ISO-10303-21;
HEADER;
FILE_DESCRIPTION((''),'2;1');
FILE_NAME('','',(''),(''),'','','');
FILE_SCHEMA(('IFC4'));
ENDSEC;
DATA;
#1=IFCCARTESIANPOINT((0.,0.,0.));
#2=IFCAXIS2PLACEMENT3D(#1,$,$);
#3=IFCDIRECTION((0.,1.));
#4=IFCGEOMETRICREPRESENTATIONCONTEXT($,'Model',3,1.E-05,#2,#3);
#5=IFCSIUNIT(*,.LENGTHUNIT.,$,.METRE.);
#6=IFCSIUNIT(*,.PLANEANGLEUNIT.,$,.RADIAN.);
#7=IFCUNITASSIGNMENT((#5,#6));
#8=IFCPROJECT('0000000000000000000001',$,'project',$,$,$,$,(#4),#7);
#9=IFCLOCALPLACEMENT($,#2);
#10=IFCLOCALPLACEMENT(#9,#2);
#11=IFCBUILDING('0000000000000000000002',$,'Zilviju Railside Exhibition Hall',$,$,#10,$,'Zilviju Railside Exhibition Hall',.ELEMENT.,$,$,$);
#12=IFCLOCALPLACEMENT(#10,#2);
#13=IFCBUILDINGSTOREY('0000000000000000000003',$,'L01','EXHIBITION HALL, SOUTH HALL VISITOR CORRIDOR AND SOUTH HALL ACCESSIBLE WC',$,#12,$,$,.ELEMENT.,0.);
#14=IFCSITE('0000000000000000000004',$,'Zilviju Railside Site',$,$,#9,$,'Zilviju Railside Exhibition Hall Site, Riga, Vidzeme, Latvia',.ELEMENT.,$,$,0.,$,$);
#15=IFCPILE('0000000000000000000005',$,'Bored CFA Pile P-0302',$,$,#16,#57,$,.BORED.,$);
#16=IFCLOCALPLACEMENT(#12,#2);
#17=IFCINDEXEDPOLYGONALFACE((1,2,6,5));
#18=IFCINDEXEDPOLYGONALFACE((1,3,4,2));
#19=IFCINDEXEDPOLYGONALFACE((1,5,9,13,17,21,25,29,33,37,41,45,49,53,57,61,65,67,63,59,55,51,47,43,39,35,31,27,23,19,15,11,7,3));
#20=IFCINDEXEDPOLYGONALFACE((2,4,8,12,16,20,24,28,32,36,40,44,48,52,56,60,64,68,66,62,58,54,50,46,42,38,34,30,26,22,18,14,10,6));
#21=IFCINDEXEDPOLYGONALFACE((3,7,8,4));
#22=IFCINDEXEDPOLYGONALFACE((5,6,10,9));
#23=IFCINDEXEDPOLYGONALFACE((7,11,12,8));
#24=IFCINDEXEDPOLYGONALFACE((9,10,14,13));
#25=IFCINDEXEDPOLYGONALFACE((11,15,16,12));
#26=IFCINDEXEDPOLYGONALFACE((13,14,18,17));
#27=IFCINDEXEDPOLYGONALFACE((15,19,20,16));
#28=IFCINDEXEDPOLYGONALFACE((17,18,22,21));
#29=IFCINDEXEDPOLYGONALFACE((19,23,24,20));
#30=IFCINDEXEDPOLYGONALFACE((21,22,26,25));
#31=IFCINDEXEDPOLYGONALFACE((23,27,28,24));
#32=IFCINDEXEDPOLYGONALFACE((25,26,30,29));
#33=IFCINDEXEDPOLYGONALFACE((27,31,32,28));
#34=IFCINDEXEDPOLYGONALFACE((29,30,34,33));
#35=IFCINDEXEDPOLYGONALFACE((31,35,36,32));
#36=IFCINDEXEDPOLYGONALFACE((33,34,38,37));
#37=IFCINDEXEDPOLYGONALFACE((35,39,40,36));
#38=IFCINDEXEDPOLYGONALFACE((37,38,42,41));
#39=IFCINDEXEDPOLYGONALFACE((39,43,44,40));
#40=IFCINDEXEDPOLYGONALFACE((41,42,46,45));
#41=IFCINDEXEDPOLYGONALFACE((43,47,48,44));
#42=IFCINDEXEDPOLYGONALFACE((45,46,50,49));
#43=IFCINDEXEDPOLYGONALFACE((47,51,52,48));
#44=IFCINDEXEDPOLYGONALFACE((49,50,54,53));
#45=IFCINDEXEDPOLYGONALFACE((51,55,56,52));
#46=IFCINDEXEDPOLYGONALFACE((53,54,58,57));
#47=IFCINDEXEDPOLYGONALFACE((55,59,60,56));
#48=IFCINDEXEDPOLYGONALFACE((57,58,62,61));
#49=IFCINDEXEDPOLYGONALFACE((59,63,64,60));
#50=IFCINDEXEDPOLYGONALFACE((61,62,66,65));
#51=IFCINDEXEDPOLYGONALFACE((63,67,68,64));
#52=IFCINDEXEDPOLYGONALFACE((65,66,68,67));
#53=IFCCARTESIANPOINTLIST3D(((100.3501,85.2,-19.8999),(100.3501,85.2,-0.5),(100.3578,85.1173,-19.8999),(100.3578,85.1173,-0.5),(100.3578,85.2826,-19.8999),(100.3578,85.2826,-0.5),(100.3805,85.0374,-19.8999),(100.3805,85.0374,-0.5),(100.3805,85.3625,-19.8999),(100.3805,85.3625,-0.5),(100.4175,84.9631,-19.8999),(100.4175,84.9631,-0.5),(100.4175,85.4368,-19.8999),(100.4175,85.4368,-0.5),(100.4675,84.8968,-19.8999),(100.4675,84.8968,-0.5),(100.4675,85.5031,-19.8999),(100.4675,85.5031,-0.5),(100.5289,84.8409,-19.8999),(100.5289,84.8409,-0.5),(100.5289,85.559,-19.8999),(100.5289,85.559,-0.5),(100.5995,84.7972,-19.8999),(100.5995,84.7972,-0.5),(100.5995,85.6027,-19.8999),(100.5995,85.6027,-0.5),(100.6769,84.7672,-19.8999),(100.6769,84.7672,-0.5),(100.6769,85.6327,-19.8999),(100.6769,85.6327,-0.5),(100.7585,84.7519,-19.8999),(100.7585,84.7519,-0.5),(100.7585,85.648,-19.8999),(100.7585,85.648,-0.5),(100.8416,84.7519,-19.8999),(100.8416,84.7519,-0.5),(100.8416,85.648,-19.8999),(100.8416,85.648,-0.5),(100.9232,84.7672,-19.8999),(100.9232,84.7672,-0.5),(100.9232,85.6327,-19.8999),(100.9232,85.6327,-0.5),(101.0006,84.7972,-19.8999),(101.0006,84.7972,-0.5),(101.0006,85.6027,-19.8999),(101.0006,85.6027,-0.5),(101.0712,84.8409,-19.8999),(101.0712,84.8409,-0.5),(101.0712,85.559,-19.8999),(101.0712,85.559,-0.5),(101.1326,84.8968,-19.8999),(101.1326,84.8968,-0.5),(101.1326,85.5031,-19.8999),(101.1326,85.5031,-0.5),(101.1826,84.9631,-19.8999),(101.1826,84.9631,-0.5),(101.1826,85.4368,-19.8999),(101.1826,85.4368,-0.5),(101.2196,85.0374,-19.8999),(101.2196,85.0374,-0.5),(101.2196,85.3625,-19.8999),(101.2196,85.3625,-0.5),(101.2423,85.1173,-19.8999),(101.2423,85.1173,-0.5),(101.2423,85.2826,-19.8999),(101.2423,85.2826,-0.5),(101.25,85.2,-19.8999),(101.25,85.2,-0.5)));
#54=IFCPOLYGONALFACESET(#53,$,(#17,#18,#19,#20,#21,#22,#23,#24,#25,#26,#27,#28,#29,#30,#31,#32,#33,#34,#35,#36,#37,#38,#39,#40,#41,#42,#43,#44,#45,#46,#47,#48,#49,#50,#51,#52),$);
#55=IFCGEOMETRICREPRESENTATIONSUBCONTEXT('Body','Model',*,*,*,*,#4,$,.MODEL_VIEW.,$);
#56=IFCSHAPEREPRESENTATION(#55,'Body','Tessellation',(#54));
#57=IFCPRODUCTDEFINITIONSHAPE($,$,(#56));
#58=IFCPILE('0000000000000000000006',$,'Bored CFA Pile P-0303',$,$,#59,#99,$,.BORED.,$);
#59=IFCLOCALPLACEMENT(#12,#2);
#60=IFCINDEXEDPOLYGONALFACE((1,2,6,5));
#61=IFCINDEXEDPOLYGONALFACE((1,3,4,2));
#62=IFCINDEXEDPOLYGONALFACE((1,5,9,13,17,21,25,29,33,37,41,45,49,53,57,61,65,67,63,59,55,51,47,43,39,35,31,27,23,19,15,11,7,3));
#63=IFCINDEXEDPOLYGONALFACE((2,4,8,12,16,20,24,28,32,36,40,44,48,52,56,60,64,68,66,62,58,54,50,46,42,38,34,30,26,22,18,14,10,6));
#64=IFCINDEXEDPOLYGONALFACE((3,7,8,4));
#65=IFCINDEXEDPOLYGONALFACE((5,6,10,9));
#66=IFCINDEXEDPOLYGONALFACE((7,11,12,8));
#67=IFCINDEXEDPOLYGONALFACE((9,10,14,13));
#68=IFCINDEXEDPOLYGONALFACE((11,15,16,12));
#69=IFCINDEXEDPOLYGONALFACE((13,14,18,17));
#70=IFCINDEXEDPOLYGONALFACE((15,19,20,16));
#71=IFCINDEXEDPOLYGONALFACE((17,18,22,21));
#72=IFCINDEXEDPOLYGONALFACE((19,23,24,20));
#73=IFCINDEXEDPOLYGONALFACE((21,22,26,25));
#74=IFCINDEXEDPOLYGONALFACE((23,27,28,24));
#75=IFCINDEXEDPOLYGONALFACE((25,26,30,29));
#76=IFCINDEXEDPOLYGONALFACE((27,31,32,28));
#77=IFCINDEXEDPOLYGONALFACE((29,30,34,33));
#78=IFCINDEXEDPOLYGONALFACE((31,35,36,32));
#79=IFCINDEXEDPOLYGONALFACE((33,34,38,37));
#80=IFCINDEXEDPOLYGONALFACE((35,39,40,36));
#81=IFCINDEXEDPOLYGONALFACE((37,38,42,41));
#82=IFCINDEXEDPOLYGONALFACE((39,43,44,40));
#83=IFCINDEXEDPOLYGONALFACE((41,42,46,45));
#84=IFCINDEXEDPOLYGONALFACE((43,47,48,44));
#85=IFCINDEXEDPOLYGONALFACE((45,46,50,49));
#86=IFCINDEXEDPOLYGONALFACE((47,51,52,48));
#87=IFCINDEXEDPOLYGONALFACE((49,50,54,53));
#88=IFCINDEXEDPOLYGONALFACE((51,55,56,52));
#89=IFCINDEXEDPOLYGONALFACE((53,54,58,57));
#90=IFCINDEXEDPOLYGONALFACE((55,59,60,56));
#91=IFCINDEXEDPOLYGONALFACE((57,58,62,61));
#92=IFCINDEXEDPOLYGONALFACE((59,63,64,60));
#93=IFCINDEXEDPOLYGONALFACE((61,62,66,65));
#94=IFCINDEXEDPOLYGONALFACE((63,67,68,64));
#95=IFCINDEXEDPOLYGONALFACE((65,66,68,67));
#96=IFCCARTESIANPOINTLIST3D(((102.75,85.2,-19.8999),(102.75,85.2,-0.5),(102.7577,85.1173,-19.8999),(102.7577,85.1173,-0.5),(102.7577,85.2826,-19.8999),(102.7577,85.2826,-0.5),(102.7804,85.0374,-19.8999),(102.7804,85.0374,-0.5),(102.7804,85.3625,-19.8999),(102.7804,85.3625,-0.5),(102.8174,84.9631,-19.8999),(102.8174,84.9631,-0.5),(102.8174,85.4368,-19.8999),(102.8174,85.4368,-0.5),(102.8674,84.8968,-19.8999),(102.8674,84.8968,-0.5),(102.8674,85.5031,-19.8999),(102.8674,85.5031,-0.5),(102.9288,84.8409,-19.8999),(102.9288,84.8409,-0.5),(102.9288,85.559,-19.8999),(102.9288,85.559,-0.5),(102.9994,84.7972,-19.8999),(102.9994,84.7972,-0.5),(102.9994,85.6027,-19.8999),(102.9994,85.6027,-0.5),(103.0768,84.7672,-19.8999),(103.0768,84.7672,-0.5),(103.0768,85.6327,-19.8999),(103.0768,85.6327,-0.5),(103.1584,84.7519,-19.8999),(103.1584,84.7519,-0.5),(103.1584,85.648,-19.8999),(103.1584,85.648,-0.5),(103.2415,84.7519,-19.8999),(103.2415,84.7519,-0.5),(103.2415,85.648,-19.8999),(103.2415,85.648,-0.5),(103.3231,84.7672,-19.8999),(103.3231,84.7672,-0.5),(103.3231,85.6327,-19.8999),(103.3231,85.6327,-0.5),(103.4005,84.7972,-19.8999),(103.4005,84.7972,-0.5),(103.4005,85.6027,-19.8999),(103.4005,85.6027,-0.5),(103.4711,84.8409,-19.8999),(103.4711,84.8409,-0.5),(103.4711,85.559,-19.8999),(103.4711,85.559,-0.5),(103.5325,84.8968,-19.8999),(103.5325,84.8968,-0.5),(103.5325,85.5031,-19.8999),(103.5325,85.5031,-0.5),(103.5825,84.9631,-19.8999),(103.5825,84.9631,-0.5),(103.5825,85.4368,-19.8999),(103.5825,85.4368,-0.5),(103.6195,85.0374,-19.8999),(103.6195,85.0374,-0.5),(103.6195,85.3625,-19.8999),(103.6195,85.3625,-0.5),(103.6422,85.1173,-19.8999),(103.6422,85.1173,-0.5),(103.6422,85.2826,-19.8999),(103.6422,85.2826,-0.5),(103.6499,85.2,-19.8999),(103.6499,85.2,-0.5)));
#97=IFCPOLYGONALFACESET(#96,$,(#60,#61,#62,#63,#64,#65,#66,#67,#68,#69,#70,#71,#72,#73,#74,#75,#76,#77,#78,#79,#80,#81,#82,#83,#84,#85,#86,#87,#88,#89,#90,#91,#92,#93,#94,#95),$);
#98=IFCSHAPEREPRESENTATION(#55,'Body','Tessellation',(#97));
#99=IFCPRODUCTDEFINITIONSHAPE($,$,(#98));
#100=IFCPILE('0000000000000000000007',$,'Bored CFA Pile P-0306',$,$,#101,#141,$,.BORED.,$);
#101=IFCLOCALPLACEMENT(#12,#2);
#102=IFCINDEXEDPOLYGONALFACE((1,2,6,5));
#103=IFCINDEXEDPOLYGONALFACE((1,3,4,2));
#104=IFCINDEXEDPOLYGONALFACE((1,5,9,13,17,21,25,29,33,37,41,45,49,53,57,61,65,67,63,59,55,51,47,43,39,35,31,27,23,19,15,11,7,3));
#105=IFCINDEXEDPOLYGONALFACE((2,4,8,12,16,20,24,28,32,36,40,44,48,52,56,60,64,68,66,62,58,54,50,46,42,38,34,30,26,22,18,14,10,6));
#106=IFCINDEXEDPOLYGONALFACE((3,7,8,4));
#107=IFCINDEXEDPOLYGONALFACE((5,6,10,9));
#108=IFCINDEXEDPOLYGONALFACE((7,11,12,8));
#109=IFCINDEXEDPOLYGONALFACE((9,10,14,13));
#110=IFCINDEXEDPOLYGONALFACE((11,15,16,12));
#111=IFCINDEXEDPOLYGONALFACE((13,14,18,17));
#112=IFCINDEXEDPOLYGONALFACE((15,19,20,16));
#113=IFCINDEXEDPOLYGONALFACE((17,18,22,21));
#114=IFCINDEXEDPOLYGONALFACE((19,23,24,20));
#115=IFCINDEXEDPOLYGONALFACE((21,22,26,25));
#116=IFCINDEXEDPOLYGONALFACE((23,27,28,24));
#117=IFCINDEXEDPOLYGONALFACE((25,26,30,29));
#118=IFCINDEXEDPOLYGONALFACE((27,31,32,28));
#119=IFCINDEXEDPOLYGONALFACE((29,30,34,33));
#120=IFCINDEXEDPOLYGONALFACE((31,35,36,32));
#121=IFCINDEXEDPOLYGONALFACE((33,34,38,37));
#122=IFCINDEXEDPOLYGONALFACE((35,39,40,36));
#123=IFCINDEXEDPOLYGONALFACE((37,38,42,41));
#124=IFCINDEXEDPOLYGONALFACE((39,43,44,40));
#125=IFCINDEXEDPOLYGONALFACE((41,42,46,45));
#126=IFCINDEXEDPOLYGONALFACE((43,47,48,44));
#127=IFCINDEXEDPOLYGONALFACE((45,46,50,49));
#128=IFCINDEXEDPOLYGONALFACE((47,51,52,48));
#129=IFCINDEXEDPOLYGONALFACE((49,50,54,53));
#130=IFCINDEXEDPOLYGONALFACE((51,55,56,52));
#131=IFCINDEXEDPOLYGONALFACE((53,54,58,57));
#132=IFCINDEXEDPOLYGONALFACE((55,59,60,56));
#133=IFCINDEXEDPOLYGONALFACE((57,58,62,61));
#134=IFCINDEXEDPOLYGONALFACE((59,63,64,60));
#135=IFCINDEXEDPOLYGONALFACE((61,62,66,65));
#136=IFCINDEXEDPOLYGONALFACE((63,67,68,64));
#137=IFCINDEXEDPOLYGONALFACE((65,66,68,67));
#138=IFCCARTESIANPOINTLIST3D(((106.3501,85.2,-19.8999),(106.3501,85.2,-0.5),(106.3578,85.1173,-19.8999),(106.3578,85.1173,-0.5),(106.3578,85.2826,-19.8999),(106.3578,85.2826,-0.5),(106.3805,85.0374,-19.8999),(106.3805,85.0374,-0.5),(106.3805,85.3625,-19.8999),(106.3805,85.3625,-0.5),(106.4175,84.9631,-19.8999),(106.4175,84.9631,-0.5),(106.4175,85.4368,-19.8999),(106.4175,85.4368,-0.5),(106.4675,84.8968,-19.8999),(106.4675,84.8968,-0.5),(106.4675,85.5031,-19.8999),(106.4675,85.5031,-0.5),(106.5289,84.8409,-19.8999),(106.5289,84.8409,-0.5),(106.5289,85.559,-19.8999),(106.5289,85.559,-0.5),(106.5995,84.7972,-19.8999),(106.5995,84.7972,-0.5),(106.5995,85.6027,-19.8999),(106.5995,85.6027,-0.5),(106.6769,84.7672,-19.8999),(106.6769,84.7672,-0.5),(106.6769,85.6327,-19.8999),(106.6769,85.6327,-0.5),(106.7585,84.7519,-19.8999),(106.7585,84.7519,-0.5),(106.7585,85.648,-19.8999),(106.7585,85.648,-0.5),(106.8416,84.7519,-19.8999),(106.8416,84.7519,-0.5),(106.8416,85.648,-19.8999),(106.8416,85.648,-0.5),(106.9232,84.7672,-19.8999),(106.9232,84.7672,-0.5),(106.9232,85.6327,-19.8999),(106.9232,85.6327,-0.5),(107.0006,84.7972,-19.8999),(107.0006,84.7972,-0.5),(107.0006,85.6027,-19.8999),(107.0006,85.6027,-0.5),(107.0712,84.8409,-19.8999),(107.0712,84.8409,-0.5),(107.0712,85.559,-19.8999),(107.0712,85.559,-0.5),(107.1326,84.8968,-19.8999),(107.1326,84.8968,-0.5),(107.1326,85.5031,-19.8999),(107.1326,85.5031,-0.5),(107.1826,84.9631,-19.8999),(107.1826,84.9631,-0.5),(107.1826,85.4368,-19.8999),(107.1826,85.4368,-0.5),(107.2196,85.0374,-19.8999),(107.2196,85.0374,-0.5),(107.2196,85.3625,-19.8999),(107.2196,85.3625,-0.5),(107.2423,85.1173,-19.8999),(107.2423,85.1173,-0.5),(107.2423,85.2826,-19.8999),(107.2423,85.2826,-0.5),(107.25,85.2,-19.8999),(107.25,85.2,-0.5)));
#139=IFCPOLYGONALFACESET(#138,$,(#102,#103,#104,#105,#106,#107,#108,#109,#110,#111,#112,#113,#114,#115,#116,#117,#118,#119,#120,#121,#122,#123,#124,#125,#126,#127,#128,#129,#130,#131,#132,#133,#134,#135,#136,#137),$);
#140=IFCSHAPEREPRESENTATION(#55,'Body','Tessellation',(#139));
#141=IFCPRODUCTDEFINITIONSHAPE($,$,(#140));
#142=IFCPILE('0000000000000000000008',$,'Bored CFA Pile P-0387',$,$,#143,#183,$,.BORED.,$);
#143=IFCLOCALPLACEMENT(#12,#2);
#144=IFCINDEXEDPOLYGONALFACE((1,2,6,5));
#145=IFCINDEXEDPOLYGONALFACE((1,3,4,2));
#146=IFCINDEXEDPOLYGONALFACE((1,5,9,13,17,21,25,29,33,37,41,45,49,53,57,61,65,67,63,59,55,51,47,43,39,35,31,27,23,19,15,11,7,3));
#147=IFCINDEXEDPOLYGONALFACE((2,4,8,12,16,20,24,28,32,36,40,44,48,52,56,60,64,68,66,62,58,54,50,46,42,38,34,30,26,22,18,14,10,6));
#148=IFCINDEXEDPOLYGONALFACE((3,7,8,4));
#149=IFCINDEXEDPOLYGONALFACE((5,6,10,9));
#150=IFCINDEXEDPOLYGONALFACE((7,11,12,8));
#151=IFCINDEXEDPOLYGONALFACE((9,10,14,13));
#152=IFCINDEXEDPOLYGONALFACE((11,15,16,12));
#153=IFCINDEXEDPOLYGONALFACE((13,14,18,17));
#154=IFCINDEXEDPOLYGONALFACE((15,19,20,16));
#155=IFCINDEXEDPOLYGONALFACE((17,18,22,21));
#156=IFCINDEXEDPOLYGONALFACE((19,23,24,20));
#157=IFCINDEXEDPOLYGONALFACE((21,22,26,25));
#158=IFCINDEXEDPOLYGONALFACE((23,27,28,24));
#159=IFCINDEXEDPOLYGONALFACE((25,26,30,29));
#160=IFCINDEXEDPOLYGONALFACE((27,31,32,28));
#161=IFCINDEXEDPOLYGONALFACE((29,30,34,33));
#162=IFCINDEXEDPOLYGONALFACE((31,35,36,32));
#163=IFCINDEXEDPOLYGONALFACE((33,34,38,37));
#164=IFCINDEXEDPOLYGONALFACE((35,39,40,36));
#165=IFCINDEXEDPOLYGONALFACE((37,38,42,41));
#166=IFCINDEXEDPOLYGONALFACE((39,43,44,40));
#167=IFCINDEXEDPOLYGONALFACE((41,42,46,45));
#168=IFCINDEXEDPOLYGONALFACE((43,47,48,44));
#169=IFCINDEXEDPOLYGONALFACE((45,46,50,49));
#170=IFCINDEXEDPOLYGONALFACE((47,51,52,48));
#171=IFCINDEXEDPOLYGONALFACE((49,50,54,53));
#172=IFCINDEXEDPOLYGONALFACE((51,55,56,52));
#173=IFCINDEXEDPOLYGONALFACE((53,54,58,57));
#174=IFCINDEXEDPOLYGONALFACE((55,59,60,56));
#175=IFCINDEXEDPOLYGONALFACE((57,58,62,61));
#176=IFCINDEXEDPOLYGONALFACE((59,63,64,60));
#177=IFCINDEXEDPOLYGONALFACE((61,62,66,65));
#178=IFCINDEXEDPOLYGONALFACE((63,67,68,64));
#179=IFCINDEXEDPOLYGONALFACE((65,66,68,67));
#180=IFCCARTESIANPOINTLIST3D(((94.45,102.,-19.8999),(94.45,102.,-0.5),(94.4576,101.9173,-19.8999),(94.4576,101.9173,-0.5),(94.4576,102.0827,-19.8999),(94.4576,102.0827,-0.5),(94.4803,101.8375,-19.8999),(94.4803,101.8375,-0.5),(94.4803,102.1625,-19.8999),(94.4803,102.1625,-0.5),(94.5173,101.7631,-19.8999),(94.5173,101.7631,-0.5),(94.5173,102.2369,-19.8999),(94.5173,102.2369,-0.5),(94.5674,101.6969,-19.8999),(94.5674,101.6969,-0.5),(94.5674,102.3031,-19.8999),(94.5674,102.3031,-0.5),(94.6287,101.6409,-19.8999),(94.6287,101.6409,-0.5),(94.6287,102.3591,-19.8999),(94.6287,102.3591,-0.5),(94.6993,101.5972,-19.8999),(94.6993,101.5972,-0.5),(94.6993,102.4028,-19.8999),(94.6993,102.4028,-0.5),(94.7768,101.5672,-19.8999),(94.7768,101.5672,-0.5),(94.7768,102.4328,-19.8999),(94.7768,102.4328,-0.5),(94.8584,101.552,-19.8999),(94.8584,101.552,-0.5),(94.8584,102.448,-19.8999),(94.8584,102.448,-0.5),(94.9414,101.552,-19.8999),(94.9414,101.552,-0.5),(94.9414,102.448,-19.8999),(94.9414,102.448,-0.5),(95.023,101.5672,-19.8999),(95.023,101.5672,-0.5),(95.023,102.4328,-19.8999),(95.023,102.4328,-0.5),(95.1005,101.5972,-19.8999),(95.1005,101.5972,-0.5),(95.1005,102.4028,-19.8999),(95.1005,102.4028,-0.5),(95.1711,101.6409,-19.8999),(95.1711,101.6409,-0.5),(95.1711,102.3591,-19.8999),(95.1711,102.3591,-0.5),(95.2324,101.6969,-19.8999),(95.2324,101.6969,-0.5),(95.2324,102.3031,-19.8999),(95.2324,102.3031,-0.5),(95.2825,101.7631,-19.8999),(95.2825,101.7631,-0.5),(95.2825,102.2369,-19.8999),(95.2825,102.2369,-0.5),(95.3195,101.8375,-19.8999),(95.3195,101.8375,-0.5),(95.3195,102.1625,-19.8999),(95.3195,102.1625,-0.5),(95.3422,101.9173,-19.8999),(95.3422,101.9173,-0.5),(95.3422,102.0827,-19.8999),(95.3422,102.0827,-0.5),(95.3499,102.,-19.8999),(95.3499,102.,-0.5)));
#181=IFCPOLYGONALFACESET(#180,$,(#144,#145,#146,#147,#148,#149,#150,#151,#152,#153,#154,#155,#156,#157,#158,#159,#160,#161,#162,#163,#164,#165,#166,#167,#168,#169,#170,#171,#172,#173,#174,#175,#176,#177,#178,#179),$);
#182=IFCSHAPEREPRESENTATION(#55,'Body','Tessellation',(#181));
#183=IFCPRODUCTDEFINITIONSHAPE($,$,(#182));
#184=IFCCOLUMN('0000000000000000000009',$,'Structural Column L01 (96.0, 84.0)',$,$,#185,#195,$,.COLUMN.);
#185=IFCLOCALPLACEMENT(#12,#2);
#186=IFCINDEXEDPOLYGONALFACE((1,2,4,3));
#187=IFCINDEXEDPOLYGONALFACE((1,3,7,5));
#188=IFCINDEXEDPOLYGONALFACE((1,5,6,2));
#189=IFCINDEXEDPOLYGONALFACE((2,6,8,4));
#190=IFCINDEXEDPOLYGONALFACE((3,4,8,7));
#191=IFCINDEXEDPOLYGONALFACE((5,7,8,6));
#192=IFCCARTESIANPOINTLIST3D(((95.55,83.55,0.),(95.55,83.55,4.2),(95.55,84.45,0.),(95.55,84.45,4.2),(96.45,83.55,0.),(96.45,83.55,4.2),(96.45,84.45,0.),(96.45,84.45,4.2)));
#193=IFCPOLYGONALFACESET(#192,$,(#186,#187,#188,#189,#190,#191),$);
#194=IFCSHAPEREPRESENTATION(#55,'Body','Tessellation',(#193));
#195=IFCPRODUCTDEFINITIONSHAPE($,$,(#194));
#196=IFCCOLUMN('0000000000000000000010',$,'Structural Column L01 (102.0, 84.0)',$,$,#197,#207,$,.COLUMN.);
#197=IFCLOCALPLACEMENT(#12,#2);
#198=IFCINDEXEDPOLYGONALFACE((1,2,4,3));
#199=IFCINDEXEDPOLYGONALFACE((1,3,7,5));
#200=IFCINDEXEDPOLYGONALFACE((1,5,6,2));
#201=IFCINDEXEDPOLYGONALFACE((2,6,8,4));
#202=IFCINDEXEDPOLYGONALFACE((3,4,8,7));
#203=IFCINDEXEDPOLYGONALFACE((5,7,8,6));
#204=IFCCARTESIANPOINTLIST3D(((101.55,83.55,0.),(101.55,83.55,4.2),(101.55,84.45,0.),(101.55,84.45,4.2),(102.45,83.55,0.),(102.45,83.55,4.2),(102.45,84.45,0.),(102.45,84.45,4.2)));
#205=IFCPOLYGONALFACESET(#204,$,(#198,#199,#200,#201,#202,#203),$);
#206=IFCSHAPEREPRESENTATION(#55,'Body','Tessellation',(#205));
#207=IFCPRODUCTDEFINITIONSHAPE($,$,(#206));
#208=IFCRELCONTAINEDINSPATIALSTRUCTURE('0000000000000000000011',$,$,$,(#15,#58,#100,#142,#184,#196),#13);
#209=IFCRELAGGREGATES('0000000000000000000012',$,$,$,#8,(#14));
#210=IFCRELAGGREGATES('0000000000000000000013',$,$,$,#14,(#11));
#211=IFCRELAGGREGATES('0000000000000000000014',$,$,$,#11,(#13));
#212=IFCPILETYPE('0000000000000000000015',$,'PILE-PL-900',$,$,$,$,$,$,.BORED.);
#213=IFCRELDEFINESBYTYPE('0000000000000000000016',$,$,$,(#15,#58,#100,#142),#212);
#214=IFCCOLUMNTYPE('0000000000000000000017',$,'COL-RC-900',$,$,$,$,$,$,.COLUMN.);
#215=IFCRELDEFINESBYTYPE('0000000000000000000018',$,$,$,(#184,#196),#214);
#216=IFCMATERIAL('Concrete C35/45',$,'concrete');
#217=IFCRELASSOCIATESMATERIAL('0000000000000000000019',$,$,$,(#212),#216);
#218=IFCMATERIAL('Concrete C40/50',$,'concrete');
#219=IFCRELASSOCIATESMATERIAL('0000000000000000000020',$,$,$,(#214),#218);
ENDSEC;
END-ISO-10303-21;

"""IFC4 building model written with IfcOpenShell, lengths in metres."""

from ifc_helpers import new_model, si_unit, direction, frame, origin, origin_2d, place, context, subcontext, project, spatial, rectangle, circle, extrude, material, material_profile, profile_set, type_object, element, save


model = new_model("IFC4")

# Units and contexts
model_context = context("Model", 3, precision=1e-05, world=origin(), true_north=direction((0.0, 1.0)))
body_context = subcontext(model_context, "Body", "Model", "MODEL_VIEW")
ifc_project = project(units=[si_unit("LENGTHUNIT", "METRE"), si_unit("PLANEANGLEUNIT", "RADIAN")], contexts=[model_context])

# Site, building, storey
site_placement = place(None, origin())
site = spatial("IfcSite", under=ifc_project, at=site_placement, Name="Zilviju Railside Site", LongName="Zilviju Railside Exhibition Hall Site, Riga, Vidzeme, Latvia", CompositionType="ELEMENT", RefElevation=0.0)
building_placement = place(site_placement, origin())
building = spatial("IfcBuilding", under=site, at=building_placement, Name="Zilviju Railside Exhibition Hall", LongName="Zilviju Railside Exhibition Hall", CompositionType="ELEMENT")
storey_placement = place(building_placement, origin())
storey = spatial("IfcBuildingStorey", under=building, at=storey_placement, Name="L01", Description="EXHIBITION HALL, SOUTH HALL VISITOR CORRIDOR AND SOUTH HALL ACCESSIBLE WC", CompositionType="ELEMENT", Elevation=0.0)

# Shared definitions
ifc_material_1 = material(Name="Concrete C35/45", Category="concrete")

# Piles
ifc_material_profile_1 = material_profile(ifc_material_1, circle(Radius=0.45, at=origin_2d()), Name="CFA PILE D900")
ifc_profile_set_1 = profile_set([ifc_material_profile_1], Name="Concrete C35/45")
pile_type = type_object("IfcPileType", Name="PILE-PL-900", PredefinedType="BORED", material=ifc_profile_set_1)
for number, where, z_axis, x_axis, name in (
    (1, (100.8, 85.2, -0.5), (0.0, 0.0, -1.0), (1.0, 0.0, 0.0), "Bored CFA Pile P-0302"),
    (2, (103.2, 85.2, -0.5), (0.0, 0.0, -1.0), (1.0, 0.0, 0.0), "Bored CFA Pile P-0303"),
    (3, (106.8, 85.2, -0.5), (0.0, 0.0, -1.0), (1.0, 0.0, 0.0), "Bored CFA Pile P-0306"),
    (4, (94.8999, 102.0, -0.5), (0.0, 0.0, -1.0), (1.0, 0.0, 0.0), "Bored CFA Pile P-0387"),
):
    element("IfcPile", number, at=place(storey_placement, frame(where, z_axis=z_axis, x_axis=x_axis)), inside=storey, type_object=pile_type, Name=name, PredefinedType="BORED", context=body_context, shape_type="SweptSolid", body=[
        extrude(circle(Radius=0.45, at=origin_2d()), origin(), (0.0, 0.0, 1.0), 19.3999),
    ])

# Columns
ifc_material_2 = material(Name="Concrete C40/50", Category="concrete")
ifc_material_profile_2 = material_profile(ifc_material_2, rectangle(XDim=0.8999, YDim=0.8999, at=origin_2d()), Name="RC COL 900x900")
ifc_profile_set_2 = profile_set([ifc_material_profile_2], Name="Concrete C40/50")
column_type = type_object("IfcColumnType", Name="COL-RC-900", PredefinedType="COLUMN", material=ifc_profile_set_2)
for number, where, z_axis, x_axis, name in (
    (5, (96.0, 84.0, 0.0), (0.0, 0.0, 1.0), (1.0, 0.0, 0.0), "Structural Column L01 (96.0, 84.0)"),
    (6, (102.0, 84.0, 0.0), (0.0, 0.0, 1.0), (1.0, 0.0, 0.0), "Structural Column L01 (102.0, 84.0)"),
):
    element("IfcColumn", number, at=place(storey_placement, frame(where, z_axis=z_axis, x_axis=x_axis)), inside=storey, type_object=column_type, Name=name, PredefinedType="COLUMN", context=body_context, shape_type="SweptSolid", body=[
        extrude(rectangle(XDim=0.8999, YDim=0.8999, at=origin_2d()), origin(), (0.0, 0.0, 1.0), 4.2),
    ])

save(model, "model.ifc")
